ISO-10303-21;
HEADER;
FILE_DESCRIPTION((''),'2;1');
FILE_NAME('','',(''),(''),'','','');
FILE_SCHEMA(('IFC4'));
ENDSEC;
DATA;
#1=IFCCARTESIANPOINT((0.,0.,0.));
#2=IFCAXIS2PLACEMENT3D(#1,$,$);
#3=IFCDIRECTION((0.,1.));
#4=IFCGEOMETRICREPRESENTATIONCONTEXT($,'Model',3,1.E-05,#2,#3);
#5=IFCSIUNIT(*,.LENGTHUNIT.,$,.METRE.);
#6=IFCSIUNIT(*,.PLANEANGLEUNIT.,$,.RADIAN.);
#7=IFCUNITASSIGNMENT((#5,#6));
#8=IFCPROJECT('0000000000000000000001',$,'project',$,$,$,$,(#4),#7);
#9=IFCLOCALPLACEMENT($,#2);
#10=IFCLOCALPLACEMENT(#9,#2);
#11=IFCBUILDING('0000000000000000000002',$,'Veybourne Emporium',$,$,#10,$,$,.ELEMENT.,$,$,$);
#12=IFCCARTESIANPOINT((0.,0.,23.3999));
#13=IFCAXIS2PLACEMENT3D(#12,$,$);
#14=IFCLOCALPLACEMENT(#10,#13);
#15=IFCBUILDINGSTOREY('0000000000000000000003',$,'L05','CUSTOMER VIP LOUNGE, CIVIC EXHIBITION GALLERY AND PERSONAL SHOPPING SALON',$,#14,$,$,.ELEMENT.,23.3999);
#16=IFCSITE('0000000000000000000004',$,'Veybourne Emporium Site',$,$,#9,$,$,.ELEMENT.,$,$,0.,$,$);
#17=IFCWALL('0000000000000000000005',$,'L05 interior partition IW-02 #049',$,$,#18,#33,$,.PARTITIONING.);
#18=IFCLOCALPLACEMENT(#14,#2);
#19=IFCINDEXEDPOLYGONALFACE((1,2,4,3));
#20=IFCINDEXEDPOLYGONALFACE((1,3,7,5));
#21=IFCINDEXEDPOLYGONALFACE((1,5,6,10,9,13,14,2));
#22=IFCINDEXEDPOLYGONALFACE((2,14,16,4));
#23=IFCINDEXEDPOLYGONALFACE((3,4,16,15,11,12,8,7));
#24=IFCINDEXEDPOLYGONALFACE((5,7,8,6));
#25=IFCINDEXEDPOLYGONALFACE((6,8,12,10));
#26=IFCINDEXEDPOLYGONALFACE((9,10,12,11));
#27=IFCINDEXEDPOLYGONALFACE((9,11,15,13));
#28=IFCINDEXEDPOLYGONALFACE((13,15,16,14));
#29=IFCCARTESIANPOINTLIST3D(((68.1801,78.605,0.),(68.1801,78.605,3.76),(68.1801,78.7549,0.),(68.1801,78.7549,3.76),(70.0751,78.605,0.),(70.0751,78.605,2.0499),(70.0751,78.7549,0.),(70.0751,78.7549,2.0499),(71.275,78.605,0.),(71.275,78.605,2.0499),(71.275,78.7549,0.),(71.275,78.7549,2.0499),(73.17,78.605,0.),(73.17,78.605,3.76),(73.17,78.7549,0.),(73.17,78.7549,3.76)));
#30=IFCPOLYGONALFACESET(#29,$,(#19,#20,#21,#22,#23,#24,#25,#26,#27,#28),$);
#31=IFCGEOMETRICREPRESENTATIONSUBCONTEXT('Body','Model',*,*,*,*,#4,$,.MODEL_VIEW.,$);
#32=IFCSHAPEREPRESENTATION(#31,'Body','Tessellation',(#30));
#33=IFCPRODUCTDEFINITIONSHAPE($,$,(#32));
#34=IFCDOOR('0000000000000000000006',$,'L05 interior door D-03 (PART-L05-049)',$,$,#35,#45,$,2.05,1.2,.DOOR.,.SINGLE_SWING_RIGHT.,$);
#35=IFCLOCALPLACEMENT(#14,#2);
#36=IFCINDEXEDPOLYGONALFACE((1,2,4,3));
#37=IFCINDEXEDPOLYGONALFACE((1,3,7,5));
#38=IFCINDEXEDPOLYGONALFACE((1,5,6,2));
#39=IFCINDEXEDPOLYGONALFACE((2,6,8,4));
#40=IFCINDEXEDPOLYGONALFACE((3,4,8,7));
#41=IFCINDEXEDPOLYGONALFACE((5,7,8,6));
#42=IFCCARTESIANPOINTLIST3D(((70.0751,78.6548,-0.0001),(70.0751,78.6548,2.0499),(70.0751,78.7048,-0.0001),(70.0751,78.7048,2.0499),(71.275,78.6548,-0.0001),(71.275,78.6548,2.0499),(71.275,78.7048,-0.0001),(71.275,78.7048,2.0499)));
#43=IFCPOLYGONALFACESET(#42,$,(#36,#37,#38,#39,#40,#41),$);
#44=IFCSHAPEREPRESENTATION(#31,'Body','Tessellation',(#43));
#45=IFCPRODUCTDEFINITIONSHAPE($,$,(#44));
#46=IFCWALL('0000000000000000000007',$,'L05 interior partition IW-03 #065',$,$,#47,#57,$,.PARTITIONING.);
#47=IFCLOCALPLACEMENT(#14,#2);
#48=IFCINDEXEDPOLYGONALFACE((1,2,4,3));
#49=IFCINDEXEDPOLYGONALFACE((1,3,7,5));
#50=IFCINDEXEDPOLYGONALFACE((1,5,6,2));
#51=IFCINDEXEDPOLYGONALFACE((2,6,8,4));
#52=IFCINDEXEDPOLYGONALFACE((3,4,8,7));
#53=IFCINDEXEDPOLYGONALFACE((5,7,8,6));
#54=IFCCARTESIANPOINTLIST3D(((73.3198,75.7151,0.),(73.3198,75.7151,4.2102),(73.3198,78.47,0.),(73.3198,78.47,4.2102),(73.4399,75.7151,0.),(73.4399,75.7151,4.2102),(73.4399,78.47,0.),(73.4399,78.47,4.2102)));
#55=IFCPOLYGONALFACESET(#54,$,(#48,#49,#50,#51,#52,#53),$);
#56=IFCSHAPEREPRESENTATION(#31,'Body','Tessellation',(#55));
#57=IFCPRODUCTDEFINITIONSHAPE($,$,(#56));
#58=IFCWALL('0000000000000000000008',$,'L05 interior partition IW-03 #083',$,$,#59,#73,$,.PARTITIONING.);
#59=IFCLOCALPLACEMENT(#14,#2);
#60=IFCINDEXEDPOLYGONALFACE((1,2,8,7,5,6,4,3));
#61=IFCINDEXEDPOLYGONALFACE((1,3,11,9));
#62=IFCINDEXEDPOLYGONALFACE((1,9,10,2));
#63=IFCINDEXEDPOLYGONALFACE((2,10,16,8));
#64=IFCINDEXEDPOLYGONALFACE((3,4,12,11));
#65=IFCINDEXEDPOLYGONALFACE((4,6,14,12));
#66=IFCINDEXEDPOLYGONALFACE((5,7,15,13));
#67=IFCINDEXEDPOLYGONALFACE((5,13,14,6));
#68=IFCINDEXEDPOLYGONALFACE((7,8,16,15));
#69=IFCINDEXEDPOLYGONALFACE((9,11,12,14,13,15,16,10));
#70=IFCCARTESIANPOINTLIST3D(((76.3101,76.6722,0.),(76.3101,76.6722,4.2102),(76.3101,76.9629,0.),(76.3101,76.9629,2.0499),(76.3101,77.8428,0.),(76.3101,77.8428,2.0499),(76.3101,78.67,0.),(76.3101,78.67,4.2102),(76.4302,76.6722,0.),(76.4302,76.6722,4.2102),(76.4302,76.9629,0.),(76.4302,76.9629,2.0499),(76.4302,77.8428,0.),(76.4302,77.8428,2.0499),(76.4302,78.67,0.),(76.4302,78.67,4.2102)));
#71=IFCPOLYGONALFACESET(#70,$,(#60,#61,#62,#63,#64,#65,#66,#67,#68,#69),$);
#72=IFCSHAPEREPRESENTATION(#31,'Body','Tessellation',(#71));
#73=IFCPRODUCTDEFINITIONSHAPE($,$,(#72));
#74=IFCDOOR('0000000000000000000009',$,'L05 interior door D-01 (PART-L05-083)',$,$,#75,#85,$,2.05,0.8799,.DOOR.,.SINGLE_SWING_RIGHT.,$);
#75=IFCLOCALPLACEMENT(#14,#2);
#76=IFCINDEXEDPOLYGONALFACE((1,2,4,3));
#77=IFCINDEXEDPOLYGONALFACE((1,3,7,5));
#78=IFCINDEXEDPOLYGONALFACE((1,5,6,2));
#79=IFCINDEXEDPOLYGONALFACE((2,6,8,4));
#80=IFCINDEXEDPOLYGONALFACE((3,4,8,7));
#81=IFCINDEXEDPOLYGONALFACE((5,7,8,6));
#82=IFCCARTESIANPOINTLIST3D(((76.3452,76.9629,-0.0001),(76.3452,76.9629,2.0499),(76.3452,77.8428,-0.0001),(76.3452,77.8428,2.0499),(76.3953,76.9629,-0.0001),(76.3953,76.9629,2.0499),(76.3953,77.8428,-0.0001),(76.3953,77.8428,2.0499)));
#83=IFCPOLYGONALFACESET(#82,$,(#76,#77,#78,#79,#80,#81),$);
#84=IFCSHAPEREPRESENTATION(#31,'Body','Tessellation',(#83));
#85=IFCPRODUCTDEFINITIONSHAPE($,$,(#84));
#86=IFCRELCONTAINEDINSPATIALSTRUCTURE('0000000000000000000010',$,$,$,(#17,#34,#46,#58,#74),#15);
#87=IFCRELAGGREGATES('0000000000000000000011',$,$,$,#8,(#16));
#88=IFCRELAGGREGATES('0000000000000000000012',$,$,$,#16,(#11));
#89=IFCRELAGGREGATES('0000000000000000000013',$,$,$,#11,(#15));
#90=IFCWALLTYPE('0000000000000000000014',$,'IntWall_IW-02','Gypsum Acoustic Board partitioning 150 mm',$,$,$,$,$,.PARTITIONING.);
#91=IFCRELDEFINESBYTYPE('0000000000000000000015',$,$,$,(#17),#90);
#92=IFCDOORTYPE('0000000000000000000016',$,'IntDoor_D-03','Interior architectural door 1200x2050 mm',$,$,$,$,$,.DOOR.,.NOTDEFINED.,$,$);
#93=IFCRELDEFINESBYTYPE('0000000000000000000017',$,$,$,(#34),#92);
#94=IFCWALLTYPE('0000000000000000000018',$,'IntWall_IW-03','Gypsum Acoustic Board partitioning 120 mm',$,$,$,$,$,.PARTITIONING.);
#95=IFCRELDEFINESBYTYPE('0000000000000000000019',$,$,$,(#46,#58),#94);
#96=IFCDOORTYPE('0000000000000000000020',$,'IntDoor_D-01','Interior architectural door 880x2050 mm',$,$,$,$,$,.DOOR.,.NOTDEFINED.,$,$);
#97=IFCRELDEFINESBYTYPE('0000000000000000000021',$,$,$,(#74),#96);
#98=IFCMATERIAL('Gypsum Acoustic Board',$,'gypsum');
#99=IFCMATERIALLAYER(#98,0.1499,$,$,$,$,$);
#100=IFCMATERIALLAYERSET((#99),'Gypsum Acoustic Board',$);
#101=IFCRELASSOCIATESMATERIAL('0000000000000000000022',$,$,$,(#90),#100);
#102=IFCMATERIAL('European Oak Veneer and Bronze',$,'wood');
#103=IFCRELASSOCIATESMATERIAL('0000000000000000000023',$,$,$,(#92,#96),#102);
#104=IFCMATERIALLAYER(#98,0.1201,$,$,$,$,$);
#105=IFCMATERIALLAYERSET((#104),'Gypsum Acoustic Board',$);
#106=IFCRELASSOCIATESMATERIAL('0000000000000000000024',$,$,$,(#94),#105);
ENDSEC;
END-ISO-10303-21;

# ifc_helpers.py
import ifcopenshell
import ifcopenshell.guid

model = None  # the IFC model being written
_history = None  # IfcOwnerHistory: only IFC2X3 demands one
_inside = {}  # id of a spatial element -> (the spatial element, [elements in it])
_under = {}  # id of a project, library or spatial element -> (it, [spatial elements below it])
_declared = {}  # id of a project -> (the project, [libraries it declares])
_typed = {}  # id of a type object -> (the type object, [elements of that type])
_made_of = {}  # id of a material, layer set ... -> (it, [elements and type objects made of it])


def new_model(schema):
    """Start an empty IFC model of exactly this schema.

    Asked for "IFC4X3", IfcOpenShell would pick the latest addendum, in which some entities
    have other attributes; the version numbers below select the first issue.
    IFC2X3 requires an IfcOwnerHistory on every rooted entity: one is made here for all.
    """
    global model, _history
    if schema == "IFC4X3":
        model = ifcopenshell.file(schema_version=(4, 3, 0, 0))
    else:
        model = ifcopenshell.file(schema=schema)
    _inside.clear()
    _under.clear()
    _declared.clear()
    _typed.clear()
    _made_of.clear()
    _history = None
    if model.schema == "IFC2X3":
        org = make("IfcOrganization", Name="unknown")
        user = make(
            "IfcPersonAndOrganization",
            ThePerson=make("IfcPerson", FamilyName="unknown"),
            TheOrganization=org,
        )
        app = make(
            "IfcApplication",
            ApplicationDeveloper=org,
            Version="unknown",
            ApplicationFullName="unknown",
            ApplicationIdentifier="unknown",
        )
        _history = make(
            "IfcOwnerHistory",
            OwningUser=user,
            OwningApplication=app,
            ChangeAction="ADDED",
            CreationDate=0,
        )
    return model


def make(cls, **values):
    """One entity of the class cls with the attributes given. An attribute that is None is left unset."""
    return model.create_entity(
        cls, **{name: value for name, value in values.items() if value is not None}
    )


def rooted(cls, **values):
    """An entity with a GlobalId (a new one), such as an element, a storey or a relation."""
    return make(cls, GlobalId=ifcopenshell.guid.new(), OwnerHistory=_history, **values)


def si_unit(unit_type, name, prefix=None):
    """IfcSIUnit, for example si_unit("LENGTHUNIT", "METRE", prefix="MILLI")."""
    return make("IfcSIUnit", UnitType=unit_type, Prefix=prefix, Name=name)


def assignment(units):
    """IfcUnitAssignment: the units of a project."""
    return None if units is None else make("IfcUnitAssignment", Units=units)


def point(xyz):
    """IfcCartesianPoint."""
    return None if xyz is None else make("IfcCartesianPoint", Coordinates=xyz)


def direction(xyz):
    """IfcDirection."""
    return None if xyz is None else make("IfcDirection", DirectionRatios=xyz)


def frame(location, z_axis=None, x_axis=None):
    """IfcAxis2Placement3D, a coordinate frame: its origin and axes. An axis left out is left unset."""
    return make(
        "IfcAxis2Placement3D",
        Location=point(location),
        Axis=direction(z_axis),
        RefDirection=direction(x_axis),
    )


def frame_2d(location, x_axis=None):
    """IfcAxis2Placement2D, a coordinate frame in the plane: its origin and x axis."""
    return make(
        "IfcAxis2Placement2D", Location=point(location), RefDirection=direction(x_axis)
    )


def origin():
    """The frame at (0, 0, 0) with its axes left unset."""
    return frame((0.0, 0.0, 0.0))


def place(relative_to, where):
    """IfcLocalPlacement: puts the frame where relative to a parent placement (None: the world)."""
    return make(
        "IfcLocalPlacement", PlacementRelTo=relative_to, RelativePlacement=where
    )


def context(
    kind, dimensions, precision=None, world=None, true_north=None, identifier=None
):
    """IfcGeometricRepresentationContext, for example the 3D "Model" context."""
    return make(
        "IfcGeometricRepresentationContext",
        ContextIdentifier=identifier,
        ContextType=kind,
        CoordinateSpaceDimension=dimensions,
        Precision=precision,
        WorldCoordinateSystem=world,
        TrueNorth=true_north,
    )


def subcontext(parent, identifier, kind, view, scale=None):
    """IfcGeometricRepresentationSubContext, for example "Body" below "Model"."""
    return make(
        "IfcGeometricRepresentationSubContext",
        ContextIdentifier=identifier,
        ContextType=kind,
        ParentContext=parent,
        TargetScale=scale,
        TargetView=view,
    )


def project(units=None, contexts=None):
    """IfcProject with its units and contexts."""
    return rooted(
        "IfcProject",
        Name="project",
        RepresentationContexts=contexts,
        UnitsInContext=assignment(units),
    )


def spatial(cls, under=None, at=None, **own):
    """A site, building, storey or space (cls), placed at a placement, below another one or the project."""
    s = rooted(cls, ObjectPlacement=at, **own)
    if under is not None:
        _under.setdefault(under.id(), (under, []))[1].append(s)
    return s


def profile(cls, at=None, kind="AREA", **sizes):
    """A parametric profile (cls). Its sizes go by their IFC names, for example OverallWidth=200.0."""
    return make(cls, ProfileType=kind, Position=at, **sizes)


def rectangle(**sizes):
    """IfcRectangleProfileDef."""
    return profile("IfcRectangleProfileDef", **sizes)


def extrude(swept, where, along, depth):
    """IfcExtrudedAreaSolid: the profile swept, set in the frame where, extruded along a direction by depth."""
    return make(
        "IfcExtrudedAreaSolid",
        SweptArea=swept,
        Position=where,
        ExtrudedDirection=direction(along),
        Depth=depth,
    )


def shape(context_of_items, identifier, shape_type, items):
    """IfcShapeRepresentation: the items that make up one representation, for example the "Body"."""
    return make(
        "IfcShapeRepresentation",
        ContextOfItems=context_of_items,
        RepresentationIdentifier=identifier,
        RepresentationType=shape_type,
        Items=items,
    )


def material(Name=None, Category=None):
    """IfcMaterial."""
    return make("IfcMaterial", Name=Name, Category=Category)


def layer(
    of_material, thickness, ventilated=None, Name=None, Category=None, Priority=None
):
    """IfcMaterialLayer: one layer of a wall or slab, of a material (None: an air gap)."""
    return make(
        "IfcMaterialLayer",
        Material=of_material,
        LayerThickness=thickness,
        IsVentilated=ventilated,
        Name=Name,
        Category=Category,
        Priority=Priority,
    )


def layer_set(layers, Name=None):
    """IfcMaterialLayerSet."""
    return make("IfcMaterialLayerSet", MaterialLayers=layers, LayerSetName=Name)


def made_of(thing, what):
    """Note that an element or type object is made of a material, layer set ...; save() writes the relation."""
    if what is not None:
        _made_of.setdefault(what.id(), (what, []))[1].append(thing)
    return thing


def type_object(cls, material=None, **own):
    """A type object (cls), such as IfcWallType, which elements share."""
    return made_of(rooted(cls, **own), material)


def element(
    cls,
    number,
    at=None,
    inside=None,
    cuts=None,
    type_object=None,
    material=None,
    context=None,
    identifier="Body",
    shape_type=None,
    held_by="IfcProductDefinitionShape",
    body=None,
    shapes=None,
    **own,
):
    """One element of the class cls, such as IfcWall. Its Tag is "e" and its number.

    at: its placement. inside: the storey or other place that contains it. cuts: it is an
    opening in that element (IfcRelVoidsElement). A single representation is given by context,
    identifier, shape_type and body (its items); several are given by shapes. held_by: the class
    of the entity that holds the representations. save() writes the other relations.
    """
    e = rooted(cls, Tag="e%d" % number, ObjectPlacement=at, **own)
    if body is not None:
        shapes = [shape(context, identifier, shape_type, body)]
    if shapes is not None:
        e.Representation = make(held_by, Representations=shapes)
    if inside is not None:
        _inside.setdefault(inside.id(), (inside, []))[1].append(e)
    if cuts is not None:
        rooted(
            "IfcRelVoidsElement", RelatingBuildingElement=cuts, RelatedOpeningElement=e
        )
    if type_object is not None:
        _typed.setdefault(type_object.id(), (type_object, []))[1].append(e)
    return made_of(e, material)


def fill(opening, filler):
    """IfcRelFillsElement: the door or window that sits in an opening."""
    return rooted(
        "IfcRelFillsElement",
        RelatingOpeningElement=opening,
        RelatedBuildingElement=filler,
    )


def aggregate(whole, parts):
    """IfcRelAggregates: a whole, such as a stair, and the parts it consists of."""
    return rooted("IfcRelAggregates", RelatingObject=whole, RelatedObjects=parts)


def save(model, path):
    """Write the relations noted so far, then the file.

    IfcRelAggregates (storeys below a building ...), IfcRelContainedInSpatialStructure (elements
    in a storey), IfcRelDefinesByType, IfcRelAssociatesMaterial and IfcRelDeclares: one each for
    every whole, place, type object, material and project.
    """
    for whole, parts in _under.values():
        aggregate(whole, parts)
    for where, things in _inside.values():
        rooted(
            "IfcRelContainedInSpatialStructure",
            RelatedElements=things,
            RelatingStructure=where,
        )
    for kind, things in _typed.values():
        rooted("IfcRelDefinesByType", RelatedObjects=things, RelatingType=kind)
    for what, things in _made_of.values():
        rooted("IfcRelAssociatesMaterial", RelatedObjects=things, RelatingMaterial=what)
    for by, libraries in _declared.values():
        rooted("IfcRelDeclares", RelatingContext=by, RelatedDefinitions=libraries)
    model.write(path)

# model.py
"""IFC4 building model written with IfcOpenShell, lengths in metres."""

from ifc_helpers import new_model, si_unit, direction, frame, frame_2d, origin, place, context, subcontext, project, spatial, rectangle, extrude, material, layer, layer_set, type_object, element, fill, save


model = new_model("IFC4")

# Units and contexts
model_context = context("Model", 3, precision=1e-05, world=origin(), true_north=direction((0.0, 1.0)))
body_context = subcontext(model_context, "Body", "Model", "MODEL_VIEW")
ifc_project = project(units=[si_unit("LENGTHUNIT", "METRE"), si_unit("PLANEANGLEUNIT", "RADIAN")], contexts=[model_context])

# Site, building, storey
site_placement = place(None, origin())
site = spatial("IfcSite", under=ifc_project, at=site_placement, Name="Veybourne Emporium Site", CompositionType="ELEMENT", RefElevation=0.0)
building_placement = place(site_placement, origin())
building = spatial("IfcBuilding", under=site, at=building_placement, Name="Veybourne Emporium", CompositionType="ELEMENT")
storey_placement = place(building_placement, frame((0.0, 0.0, 23.3999)))
storey = spatial("IfcBuildingStorey", under=building, at=storey_placement, Name="L05", Description="CUSTOMER VIP LOUNGE, CIVIC EXHIBITION GALLERY AND PERSONAL SHOPPING SALON", CompositionType="ELEMENT", Elevation=23.3999)

# Wall, opening, door
ifc_material_1 = material(Name="Gypsum Acoustic Board", Category="gypsum")
ifc_material_2 = material(Name="European Oak Veneer and Bronze", Category="wood")
ifc_layer_1 = layer(ifc_material_1, 0.1499)
ifc_layer_set_1 = layer_set([ifc_layer_1], Name="Gypsum Acoustic Board")
wall_type_1 = type_object("IfcWallType", Name="IntWall_IW-02", Description="Gypsum Acoustic Board partitioning 150 mm", PredefinedType="PARTITIONING", material=ifc_layer_set_1)
wall_1_placement = place(storey_placement, frame((68.1799, 78.6799, 0.0), z_axis=(0.0, 0.0, 1.0), x_axis=(1.0, 0.0, 0.0)))
wall_1 = element("IfcWall", 1, at=wall_1_placement, inside=storey, type_object=wall_type_1, Name="L05 interior partition IW-02 #049", PredefinedType="PARTITIONING", context=body_context, shape_type="SweptSolid", body=[
    extrude(rectangle(XDim=4.99, YDim=0.1499, at=frame_2d((2.4951, 0.0))), origin(), (0.0, 0.0, 1.0), 3.76),
])
opening_1_placement = place(wall_1_placement, frame((1.895, 0.0, 0.0)))
opening_1 = element("IfcOpeningElement", 2, at=opening_1_placement, cuts=wall_1, PredefinedType="OPENING", context=body_context, shape_type="SweptSolid", body=[
    extrude(rectangle(XDim=1.2, YDim=2.05, at=frame_2d((0.6001, 1.0249))), frame((0.0, 0.095, 0.0), z_axis=(0.0, -1.0, 0.0), x_axis=(1.0, 0.0, 0.0)), (0.0, 0.0, 1.0), 0.1899),
])
door_type_1 = type_object("IfcDoorType", Name="IntDoor_D-03", Description="Interior architectural door 1200x2050 mm", OperationType="NOTDEFINED", PredefinedType="DOOR", material=ifc_material_2)
door_1_placement = place(opening_1_placement, origin())
door_1 = element("IfcDoor", 3, at=door_1_placement, inside=storey, type_object=door_type_1, Name="L05 interior door D-03 (PART-L05-049)", OperationType="SINGLE_SWING_RIGHT", OverallHeight=2.05, OverallWidth=1.2, PredefinedType="DOOR", context=body_context, shape_type="SweptSolid", body=[
    extrude(rectangle(XDim=1.2, YDim=2.05, at=frame_2d((0.6001, 1.0249))), frame((0.0, 0.0249, 0.0), z_axis=(0.0, -1.0, 0.0), x_axis=(1.0, 0.0, 0.0)), (0.0, 0.0, 1.0), 0.05),
])
fill(opening_1, door_1)

# Wall
ifc_layer_2 = layer(ifc_material_1, 0.1201)
ifc_layer_set_2 = layer_set([ifc_layer_2], Name="Gypsum Acoustic Board")
wall_type_2 = type_object("IfcWallType", Name="IntWall_IW-03", Description="Gypsum Acoustic Board partitioning 120 mm", PredefinedType="PARTITIONING", material=ifc_layer_set_2)
wall_2_placement = place(storey_placement, frame((73.3799, 75.7151, 0.0), z_axis=(0.0, 0.0, 1.0), x_axis=(0.0, 1.0, 0.0)))
element("IfcWall", 4, at=wall_2_placement, inside=storey, type_object=wall_type_2, Name="L05 interior partition IW-03 #065", PredefinedType="PARTITIONING", context=body_context, shape_type="SweptSolid", body=[
    extrude(rectangle(XDim=2.7549, YDim=0.1201, at=frame_2d((1.3774, 0.0))), origin(), (0.0, 0.0, 1.0), 4.2102),
])

# Wall, opening, door
wall_3_placement = place(storey_placement, frame((76.3701, 76.6721, 0.0), z_axis=(0.0, 0.0, 1.0), x_axis=(0.0, 1.0, 0.0)))
wall_3 = element("IfcWall", 5, at=wall_3_placement, inside=storey, type_object=wall_type_2, Name="L05 interior partition IW-03 #083", PredefinedType="PARTITIONING", context=body_context, shape_type="SweptSolid", body=[
    extrude(rectangle(XDim=1.9978, YDim=0.1201, at=frame_2d((0.999, 0.0))), origin(), (0.0, 0.0, 1.0), 4.2102),
])
opening_2_placement = place(wall_3_placement, frame((0.2908, 0.0, 0.0)))
opening_2 = element("IfcOpeningElement", 6, at=opening_2_placement, cuts=wall_3, PredefinedType="OPENING", context=body_context, shape_type="SweptSolid", body=[
    extrude(rectangle(XDim=0.8799, YDim=2.05, at=frame_2d((0.4399, 1.0249))), frame((0.0, 0.0801, 0.0), z_axis=(0.0, -1.0, 0.0), x_axis=(1.0, 0.0, 0.0)), (0.0, 0.0, 1.0), 0.1602),
])
door_type_2 = type_object("IfcDoorType", Name="IntDoor_D-01", Description="Interior architectural door 880x2050 mm", OperationType="NOTDEFINED", PredefinedType="DOOR", material=ifc_material_2)
door_2_placement = place(opening_2_placement, origin())
door_2 = element("IfcDoor", 7, at=door_2_placement, inside=storey, type_object=door_type_2, Name="L05 interior door D-01 (PART-L05-083)", OperationType="SINGLE_SWING_RIGHT", OverallHeight=2.05, OverallWidth=0.8799, PredefinedType="DOOR", context=body_context, shape_type="SweptSolid", body=[
    extrude(rectangle(XDim=0.8799, YDim=2.05, at=frame_2d((0.4399, 1.0249))), frame((0.0, 0.0249, 0.0), z_axis=(0.0, -1.0, 0.0), x_axis=(1.0, 0.0, 0.0)), (0.0, 0.0, 1.0), 0.05),
])
fill(opening_2, door_2)

save(model, "model.ifc")
